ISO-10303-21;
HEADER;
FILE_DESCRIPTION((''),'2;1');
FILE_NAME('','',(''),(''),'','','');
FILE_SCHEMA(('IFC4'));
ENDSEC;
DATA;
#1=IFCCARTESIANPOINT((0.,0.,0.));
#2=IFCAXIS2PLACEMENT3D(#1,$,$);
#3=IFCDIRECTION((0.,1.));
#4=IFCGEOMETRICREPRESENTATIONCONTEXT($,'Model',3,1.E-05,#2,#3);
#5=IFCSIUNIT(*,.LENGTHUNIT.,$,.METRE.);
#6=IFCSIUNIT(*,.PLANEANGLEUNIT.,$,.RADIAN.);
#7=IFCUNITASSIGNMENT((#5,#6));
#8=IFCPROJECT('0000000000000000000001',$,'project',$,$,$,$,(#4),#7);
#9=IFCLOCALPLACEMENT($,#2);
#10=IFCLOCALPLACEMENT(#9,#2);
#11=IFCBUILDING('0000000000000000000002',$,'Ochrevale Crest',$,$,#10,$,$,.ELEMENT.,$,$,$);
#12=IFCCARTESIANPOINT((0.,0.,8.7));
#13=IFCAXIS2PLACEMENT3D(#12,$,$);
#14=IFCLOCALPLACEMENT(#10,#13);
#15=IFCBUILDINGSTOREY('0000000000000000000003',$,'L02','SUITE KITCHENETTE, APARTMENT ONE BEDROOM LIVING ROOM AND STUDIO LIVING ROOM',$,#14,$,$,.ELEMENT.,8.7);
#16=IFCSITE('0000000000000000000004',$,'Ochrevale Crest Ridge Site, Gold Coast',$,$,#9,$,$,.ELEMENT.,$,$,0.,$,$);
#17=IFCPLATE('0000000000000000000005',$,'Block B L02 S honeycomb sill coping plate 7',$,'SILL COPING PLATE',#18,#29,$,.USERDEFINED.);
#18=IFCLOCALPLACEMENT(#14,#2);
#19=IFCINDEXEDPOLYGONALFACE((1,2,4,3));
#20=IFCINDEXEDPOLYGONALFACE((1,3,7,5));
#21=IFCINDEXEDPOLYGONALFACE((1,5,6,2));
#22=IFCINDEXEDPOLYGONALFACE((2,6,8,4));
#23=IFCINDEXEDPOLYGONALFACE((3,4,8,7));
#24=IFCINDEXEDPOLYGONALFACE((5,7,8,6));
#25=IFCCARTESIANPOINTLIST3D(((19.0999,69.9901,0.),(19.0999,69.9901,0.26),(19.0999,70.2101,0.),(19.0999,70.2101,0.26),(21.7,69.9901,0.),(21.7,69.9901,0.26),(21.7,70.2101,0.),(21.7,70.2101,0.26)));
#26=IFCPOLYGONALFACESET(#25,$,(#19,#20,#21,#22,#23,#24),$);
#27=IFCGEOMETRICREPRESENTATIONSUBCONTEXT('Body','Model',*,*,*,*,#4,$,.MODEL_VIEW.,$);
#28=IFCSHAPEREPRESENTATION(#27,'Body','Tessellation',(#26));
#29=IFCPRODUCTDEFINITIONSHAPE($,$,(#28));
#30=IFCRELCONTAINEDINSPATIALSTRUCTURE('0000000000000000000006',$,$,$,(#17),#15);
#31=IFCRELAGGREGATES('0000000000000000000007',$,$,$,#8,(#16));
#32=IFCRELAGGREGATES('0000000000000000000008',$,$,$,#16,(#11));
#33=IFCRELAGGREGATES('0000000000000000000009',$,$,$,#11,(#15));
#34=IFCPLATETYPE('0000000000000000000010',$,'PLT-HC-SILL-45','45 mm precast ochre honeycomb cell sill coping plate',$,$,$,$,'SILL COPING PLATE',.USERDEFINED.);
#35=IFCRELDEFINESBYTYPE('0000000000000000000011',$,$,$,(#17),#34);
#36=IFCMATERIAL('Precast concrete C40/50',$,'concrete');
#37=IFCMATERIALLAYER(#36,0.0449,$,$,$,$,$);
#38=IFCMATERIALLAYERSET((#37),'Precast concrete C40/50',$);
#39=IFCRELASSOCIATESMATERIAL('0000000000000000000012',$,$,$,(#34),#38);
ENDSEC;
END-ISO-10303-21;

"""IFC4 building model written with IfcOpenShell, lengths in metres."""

from ifc_helpers import new_model, si_unit, direction, frame, origin, origin_2d, place, context, subcontext, project, spatial, rectangle, extrude, material, layer, layer_set, type_object, element, save


model = new_model("IFC4")

# Units and contexts
model_context = context("Model", 3, precision=1e-05, world=origin(), true_north=direction((0.0, 1.0)))
body_context = subcontext(model_context, "Body", "Model", "MODEL_VIEW")
ifc_project = project(units=[si_unit("LENGTHUNIT", "METRE"), si_unit("PLANEANGLEUNIT", "RADIAN")], contexts=[model_context])

# Site, building, storey
site_placement = place(None, origin())
site = spatial("IfcSite", under=ifc_project, at=site_placement, Name="Ochrevale Crest Ridge Site, Gold Coast", CompositionType="ELEMENT", RefElevation=0.0)
building_placement = place(site_placement, origin())
building = spatial("IfcBuilding", under=site, at=building_placement, Name="Ochrevale Crest", CompositionType="ELEMENT")
storey_placement = place(building_placement, frame((0.0, 0.0, 8.7)))
storey = spatial("IfcBuildingStorey", under=building, at=storey_placement, Name="L02", Description="SUITE KITCHENETTE, APARTMENT ONE BEDROOM LIVING ROOM AND STUDIO LIVING ROOM", CompositionType="ELEMENT", Elevation=8.7)

# Plate
ifc_material_1 = material(Name="Precast concrete C40/50", Category="concrete")
ifc_layer_1 = layer(ifc_material_1, 0.0449)
ifc_layer_set_1 = layer_set([ifc_layer_1], Name="Precast concrete C40/50")
plate_type_1 = type_object("IfcPlateType", Name="PLT-HC-SILL-45", Description="45 mm precast ochre honeycomb cell sill coping plate", ElementType="SILL COPING PLATE", PredefinedType="USERDEFINED", material=ifc_layer_set_1)
for number, where, z_axis, x_axis, name in (
    (1, (20.3999, 70.1001, 0.0), (0.0, 0.0, 1.0), (1.0, 0.0, 0.0), "Block B L02 S honeycomb sill coping plate 7"),
):
    element("IfcPlate", number, at=place(storey_placement, frame(where, z_axis=z_axis, x_axis=x_axis)), inside=storey, type_object=plate_type_1, Name=name, ObjectType="SILL COPING PLATE", PredefinedType="USERDEFINED", context=body_context, shape_type="SweptSolid", body=[
        extrude(rectangle(XDim=2.6001, YDim=0.22, at=origin_2d()), origin(), (0.0, 0.0, 1.0), 0.26),
    ])

save(model, "model.ifc")
